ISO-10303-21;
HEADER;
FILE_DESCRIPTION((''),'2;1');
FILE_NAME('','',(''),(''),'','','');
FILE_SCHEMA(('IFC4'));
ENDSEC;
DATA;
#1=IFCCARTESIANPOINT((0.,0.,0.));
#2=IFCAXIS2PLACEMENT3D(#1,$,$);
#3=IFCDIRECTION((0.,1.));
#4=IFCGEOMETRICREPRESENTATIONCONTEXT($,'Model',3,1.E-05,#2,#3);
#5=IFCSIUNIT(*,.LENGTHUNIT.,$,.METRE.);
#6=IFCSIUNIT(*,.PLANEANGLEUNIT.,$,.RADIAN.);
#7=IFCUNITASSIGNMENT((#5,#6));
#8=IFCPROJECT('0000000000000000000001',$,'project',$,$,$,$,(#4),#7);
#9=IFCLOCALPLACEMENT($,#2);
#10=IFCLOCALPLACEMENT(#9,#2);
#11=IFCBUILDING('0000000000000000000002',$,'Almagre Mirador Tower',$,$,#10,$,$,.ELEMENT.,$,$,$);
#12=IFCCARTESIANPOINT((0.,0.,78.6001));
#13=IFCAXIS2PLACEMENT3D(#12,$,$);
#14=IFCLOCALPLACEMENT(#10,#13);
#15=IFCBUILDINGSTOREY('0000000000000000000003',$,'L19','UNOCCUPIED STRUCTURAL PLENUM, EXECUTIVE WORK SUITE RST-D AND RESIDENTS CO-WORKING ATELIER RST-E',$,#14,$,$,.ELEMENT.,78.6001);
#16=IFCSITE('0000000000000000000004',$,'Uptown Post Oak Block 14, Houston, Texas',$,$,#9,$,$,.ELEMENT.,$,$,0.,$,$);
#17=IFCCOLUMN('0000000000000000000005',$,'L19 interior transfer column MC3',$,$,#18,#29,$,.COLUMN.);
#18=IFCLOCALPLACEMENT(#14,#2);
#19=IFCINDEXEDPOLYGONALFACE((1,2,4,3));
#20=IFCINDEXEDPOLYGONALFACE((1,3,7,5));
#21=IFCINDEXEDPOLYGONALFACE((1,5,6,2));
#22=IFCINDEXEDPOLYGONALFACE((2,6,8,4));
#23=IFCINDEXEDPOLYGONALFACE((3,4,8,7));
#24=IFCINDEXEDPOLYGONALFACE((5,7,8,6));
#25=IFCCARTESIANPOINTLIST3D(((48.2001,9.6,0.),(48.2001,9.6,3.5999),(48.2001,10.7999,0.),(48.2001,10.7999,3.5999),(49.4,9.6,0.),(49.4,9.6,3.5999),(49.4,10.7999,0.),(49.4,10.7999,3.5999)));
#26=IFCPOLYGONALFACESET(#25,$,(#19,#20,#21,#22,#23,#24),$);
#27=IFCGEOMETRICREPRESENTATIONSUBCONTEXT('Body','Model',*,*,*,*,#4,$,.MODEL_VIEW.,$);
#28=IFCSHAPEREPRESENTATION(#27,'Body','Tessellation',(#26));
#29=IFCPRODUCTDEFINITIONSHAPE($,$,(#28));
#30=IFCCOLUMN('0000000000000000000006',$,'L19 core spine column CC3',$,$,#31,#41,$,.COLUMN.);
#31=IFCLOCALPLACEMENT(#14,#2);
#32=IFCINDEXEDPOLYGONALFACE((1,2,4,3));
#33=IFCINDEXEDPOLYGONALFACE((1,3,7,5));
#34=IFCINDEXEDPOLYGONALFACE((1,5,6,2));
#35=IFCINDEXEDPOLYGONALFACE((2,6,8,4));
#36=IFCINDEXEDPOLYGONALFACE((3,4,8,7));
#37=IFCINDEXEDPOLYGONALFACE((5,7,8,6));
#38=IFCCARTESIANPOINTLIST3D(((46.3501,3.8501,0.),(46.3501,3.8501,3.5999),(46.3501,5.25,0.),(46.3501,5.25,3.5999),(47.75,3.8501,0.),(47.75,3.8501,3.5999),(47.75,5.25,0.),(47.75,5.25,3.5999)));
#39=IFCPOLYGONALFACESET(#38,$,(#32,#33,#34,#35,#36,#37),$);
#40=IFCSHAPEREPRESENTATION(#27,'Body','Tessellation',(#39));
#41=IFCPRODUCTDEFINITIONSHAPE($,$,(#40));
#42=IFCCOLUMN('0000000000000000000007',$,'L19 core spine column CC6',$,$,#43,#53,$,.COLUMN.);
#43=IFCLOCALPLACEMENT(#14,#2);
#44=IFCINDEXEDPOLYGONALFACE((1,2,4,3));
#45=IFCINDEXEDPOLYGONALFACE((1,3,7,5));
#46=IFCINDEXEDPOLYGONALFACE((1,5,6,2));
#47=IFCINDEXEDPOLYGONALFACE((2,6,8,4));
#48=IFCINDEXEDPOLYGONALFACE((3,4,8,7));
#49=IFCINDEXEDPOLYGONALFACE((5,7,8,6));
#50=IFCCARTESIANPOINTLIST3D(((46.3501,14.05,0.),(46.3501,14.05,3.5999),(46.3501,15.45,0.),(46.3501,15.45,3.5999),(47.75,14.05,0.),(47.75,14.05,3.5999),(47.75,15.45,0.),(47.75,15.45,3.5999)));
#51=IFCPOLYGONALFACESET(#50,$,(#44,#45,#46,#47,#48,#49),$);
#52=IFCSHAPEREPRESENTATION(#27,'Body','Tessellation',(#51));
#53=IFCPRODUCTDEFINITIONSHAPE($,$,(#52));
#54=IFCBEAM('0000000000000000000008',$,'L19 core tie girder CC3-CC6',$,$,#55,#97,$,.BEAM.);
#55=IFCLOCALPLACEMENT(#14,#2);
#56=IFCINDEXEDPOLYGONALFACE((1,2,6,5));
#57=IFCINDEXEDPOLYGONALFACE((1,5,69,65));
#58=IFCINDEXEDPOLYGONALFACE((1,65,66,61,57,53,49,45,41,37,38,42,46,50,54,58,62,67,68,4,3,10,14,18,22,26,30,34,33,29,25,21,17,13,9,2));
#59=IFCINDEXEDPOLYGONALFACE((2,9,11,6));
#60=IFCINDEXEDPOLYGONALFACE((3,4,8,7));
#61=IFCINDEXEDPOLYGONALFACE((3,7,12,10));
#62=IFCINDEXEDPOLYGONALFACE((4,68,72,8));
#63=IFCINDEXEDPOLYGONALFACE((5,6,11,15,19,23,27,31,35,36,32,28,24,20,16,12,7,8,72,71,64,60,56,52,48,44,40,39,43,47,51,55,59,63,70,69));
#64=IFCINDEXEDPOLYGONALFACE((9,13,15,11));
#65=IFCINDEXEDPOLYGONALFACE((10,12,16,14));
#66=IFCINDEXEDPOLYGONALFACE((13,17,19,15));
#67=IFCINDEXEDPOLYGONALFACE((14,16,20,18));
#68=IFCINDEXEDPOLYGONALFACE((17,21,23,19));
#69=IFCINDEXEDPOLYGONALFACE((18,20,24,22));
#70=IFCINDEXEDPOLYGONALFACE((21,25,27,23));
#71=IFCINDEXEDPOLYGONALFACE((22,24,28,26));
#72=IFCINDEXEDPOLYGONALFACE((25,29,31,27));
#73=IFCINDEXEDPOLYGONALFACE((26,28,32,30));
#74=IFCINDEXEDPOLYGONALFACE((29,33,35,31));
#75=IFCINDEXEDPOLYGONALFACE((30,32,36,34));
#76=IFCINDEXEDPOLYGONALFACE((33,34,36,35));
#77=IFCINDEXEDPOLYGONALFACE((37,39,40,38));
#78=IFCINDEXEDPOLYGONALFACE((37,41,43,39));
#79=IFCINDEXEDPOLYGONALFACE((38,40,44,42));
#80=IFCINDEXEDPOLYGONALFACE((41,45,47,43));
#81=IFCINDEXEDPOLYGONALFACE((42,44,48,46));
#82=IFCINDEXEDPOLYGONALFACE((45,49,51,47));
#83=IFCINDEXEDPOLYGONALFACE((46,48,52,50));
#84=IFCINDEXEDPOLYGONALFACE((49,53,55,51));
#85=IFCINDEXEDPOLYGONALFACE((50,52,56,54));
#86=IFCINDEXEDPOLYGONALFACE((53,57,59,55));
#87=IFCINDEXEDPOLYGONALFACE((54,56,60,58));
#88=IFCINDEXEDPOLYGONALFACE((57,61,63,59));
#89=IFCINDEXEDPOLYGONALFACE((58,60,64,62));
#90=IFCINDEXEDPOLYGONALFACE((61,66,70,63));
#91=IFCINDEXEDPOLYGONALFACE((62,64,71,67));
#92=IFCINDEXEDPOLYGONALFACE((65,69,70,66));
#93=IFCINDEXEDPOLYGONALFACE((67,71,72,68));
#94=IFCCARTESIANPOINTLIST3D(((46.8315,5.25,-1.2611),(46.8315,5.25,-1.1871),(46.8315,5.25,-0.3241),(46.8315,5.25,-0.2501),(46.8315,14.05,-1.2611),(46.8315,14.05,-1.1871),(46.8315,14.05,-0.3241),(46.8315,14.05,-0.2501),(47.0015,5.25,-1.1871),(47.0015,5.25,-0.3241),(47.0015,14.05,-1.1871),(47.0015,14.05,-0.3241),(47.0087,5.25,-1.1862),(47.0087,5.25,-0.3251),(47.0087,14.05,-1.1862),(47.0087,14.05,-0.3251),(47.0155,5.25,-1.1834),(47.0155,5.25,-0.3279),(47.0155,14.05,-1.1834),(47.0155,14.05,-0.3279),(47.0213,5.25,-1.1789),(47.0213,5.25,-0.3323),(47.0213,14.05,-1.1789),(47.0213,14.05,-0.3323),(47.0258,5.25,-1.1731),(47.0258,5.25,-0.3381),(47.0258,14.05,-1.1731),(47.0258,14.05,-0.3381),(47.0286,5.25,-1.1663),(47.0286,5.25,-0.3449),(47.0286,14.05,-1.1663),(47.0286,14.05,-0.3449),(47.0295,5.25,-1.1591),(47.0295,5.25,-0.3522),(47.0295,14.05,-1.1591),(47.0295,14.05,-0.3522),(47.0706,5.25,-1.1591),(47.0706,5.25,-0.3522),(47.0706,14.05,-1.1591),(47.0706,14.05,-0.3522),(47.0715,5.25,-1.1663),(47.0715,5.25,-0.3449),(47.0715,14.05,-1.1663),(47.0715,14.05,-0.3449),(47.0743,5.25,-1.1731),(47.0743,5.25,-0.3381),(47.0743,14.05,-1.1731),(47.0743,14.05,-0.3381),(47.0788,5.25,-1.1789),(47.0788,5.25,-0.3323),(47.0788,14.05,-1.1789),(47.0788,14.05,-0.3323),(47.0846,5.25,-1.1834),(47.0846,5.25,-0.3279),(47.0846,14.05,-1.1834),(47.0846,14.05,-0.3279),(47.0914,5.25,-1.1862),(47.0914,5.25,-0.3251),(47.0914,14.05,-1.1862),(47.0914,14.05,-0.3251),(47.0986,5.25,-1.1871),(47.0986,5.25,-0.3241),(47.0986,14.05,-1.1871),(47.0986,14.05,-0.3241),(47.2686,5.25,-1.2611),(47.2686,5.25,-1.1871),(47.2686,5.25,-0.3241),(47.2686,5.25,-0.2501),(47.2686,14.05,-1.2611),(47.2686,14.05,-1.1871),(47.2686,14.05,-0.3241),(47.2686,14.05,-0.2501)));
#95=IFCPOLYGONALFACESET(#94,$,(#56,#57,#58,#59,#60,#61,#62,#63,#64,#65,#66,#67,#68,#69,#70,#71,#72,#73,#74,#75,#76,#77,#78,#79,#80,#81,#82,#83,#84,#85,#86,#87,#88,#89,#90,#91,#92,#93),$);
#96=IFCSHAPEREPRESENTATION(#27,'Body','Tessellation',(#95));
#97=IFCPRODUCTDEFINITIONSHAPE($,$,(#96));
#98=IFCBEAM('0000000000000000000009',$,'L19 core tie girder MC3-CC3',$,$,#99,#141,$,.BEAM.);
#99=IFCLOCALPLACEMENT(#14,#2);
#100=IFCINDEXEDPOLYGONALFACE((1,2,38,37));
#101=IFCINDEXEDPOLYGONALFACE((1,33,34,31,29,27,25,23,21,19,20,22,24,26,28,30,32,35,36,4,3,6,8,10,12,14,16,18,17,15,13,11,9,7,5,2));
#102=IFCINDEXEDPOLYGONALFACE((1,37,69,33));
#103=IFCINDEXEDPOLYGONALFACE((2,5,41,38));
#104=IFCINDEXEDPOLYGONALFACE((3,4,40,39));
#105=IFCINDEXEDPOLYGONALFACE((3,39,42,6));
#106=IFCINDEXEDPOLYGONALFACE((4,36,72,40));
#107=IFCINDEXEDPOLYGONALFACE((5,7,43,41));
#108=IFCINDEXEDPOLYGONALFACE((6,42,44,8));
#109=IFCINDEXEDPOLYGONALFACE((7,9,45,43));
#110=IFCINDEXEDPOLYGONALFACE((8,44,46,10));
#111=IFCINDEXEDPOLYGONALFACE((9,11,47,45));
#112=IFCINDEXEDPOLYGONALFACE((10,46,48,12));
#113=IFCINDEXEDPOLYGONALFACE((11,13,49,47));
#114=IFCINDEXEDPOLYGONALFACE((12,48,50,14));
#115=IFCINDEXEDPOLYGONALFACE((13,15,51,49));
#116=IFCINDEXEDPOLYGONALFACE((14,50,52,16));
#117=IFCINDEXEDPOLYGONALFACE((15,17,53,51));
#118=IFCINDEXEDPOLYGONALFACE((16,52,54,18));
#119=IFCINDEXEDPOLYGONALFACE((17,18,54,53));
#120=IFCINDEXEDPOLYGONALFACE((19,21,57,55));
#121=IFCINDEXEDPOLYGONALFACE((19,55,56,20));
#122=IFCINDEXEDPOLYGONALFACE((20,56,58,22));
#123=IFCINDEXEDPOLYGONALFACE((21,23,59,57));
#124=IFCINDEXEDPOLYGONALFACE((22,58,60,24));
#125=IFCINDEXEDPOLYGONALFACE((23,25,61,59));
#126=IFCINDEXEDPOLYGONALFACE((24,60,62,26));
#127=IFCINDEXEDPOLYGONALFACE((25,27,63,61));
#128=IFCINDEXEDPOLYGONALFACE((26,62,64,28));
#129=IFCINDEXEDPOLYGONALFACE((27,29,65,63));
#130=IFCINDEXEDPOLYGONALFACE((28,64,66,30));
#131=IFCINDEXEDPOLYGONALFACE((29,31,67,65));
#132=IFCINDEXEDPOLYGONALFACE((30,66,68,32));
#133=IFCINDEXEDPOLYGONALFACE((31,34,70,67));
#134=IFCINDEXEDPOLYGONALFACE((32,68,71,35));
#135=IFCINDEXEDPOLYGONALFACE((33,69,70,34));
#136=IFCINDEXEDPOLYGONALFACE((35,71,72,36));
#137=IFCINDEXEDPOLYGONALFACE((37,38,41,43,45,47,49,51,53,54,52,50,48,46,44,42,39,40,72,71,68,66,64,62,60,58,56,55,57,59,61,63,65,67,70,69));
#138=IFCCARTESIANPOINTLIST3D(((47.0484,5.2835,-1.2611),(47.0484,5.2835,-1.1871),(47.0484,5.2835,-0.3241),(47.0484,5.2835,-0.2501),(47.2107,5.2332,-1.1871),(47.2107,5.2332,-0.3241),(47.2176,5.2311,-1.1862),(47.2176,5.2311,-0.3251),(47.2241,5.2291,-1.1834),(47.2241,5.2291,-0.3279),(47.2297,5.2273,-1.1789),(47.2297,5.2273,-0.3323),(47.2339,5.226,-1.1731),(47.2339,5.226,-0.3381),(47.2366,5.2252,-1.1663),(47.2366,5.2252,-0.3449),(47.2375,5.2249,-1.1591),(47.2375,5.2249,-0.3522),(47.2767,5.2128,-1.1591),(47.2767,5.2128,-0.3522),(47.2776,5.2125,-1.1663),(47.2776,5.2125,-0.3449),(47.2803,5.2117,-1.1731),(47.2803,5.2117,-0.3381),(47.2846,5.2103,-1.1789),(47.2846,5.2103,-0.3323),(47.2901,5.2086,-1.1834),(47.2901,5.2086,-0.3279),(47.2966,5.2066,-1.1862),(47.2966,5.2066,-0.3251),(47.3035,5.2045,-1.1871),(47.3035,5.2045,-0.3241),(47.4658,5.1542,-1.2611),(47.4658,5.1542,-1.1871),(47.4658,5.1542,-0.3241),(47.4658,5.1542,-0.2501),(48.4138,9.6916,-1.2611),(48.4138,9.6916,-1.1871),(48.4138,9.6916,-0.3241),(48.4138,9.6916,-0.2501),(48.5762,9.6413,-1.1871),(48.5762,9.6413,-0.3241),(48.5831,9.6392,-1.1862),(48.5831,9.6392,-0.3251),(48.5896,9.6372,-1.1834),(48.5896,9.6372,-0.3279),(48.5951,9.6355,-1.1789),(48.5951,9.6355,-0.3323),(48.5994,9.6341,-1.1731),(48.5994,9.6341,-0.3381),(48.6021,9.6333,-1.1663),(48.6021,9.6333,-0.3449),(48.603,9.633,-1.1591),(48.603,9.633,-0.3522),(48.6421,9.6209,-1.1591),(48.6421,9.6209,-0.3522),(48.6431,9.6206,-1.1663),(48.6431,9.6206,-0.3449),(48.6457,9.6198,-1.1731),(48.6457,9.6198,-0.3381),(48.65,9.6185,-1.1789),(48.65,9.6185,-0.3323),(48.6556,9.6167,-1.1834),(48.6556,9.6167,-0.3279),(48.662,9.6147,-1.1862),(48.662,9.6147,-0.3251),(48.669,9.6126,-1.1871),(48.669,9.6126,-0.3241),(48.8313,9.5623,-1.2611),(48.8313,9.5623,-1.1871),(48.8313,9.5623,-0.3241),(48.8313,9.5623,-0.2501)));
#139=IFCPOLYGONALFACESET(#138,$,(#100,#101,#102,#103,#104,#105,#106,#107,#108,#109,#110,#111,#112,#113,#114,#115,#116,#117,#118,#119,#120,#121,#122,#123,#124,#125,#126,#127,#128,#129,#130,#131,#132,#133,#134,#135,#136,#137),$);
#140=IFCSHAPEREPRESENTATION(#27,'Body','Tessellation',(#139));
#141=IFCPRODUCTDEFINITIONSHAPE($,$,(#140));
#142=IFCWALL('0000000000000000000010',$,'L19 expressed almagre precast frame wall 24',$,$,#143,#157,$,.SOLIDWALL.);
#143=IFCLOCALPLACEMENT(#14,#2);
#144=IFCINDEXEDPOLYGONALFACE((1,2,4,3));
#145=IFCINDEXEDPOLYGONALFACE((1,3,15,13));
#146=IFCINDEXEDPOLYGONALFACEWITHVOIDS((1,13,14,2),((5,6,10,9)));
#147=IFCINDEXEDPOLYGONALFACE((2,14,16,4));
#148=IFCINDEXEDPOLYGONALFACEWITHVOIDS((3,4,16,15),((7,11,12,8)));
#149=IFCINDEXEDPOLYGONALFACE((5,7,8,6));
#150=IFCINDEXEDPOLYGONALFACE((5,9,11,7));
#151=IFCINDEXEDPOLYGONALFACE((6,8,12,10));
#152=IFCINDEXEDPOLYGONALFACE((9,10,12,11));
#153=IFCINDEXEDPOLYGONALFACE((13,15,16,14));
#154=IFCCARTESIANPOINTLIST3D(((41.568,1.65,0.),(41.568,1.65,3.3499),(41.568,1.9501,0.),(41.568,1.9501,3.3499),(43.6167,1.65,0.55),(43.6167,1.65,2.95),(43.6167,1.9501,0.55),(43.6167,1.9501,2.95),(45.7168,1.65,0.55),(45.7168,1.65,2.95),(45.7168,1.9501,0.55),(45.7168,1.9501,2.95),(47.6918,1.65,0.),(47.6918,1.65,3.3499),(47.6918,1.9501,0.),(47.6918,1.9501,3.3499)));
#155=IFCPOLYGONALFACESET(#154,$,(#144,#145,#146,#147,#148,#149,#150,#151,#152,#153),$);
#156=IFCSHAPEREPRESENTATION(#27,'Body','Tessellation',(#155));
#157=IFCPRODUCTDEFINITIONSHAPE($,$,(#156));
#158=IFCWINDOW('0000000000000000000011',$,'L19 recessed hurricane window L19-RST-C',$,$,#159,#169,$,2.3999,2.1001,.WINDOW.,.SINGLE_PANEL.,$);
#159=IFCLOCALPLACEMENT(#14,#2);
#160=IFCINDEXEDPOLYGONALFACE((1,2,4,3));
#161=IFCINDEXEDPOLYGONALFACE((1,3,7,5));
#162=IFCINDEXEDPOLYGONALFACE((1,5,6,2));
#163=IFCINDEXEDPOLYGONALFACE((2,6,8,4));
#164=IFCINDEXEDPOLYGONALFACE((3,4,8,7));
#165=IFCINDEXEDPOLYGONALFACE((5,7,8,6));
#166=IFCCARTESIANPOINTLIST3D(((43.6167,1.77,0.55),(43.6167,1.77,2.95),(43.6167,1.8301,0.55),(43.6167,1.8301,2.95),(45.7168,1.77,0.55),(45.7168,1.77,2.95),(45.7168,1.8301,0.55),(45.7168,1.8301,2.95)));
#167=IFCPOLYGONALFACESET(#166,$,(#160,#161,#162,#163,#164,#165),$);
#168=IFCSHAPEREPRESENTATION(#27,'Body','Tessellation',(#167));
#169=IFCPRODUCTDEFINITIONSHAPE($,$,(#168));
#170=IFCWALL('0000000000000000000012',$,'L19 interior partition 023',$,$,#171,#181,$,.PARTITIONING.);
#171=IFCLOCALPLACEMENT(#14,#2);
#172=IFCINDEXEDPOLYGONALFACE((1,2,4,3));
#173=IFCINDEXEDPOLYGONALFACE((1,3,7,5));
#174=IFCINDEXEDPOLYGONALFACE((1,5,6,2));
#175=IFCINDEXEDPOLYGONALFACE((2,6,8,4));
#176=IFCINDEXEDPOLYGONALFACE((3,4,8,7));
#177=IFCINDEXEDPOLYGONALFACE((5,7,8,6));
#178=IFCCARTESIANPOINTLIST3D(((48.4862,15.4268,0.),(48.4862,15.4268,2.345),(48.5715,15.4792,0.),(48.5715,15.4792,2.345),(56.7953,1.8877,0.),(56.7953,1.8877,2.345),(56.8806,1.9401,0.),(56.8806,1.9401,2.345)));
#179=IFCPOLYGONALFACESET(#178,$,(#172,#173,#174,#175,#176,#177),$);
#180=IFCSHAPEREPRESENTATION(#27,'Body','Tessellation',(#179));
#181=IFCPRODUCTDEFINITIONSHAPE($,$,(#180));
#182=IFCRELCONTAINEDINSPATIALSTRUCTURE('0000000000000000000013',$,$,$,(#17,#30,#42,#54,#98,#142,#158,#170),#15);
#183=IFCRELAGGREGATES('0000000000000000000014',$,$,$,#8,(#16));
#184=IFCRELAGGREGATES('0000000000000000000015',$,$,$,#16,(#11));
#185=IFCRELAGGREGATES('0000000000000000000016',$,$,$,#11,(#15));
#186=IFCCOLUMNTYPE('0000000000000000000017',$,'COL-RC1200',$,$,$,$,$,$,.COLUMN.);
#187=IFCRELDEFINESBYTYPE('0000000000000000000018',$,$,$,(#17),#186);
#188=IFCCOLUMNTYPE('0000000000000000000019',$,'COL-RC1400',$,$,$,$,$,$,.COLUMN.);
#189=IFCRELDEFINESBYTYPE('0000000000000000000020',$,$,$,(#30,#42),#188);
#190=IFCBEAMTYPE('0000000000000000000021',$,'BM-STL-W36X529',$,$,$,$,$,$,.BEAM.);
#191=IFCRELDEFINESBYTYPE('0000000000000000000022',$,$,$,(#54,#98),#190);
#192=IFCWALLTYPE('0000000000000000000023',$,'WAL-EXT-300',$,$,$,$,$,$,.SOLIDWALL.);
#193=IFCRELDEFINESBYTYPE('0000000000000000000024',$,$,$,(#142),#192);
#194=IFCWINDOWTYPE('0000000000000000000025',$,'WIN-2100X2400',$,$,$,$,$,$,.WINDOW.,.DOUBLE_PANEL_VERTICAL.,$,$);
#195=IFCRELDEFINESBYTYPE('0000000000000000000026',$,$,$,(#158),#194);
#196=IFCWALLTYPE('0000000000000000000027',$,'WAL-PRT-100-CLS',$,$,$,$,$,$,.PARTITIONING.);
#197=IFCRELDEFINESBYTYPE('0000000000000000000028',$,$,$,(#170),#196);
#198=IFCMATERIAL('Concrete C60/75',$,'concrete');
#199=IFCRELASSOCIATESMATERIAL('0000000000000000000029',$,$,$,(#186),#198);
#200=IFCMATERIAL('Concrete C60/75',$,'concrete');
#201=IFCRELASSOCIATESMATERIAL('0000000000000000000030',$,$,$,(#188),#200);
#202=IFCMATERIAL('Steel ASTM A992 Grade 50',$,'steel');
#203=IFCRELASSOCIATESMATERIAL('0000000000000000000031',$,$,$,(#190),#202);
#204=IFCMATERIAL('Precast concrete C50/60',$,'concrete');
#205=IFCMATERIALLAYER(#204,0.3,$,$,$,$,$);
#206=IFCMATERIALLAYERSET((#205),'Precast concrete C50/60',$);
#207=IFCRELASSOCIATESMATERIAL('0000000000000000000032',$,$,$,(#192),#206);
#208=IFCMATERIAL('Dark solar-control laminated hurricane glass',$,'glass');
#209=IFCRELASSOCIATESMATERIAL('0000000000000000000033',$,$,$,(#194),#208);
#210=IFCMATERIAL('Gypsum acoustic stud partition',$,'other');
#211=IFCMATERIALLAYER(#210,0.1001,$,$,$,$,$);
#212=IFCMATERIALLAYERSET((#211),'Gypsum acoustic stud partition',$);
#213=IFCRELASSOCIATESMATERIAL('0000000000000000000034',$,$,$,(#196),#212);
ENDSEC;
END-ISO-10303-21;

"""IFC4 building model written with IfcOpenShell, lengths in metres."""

from ifc_helpers import new_model, si_unit, direction, frame, frame_2d, origin, origin_2d, place, context, subcontext, project, spatial, rectangle, i_section, extrude, material, layer, layer_set, material_profile, profile_set, type_object, element, fill, save


model = new_model("IFC4")

# Units and contexts
model_context = context("Model", 3, precision=1e-05, world=origin(), true_north=direction((0.0, 1.0)))
body_context = subcontext(model_context, "Body", "Model", "MODEL_VIEW")
ifc_project = project(units=[si_unit("LENGTHUNIT", "METRE"), si_unit("PLANEANGLEUNIT", "RADIAN")], contexts=[model_context])

# Site, building, storey
site_placement = place(None, origin())
site = spatial("IfcSite", under=ifc_project, at=site_placement, Name="Uptown Post Oak Block 14, Houston, Texas", CompositionType="ELEMENT", RefElevation=0.0)
building_placement = place(site_placement, origin())
building = spatial("IfcBuilding", under=site, at=building_placement, Name="Almagre Mirador Tower", CompositionType="ELEMENT")
storey_placement = place(building_placement, frame((0.0, 0.0, 78.6001)))
storey = spatial("IfcBuildingStorey", under=building, at=storey_placement, Name="L19", Description="UNOCCUPIED STRUCTURAL PLENUM, EXECUTIVE WORK SUITE RST-D AND RESIDENTS CO-WORKING ATELIER RST-E", CompositionType="ELEMENT", Elevation=78.6001)

# Columns
ifc_material_1 = material(Name="Concrete C60/75", Category="concrete")
ifc_material_profile_1 = material_profile(ifc_material_1, rectangle(XDim=1.2, YDim=1.2, at=origin_2d()), Name="RC1200X1200")
ifc_profile_set_1 = profile_set([ifc_material_profile_1], Name="Concrete C60/75")
column_type_1 = type_object("IfcColumnType", Name="COL-RC1200", PredefinedType="COLUMN", material=ifc_profile_set_1)
column_placement = place(storey_placement, frame((48.8, 10.2, 0.0), z_axis=(0.0, 0.0, 1.0), x_axis=(1.0, 0.0, 0.0)))
element("IfcColumn", 1, at=column_placement, inside=storey, type_object=column_type_1, Name="L19 interior transfer column MC3", PredefinedType="COLUMN", context=body_context, shape_type="SweptSolid", body=[
    extrude(rectangle(XDim=1.2, YDim=1.2, at=origin_2d()), origin(), (0.0, 0.0, 1.0), 3.5999),
])
ifc_material_2 = material(Name="Concrete C60/75", Category="concrete")
ifc_material_profile_2 = material_profile(ifc_material_2, rectangle(XDim=1.3999, YDim=1.3999, at=origin_2d()), Name="RC1400X1400")
ifc_profile_set_2 = profile_set([ifc_material_profile_2], Name="Concrete C60/75")
column_type_2 = type_object("IfcColumnType", Name="COL-RC1400", PredefinedType="COLUMN", material=ifc_profile_set_2)
for number, where, z_axis, x_axis, name in (
    (2, (47.05, 4.55, 0.0), (0.0, 0.0, 1.0), (1.0, 0.0, 0.0), "L19 core spine column CC3"),
    (3, (47.05, 14.75, 0.0), (0.0, 0.0, 1.0), (1.0, 0.0, 0.0), "L19 core spine column CC6"),
):
    element("IfcColumn", number, at=place(storey_placement, frame(where, z_axis=z_axis, x_axis=x_axis)), inside=storey, type_object=column_type_2, Name=name, PredefinedType="COLUMN", context=body_context, shape_type="SweptSolid", body=[
        extrude(rectangle(XDim=1.3999, YDim=1.3999, at=origin_2d()), origin(), (0.0, 0.0, 1.0), 3.5999),
    ])

# Beams
ifc_material_3 = material(Name="Steel ASTM A992 Grade 50", Category="steel")
ifc_material_profile_3 = material_profile(ifc_material_3, i_section(OverallWidth=0.437, OverallDepth=1.011, WebThickness=0.041, FlangeThickness=0.074, FilletRadius=0.0281, at=origin_2d()), Name="W36X529")
ifc_profile_set_3 = profile_set([ifc_material_profile_3], Name="Steel ASTM A992 Grade 50")
beam_type = type_object("IfcBeamType", Name="BM-STL-W36X529", PredefinedType="BEAM", material=ifc_profile_set_3)
beam_1_placement = place(storey_placement, frame((47.05, 5.25, -0.7556), z_axis=(0.0, 1.0, 0.0), x_axis=(-1.0, 0.0, 0.0)))
element("IfcBeam", 4, at=beam_1_placement, inside=storey, type_object=beam_type, Name="L19 core tie girder CC3-CC6", PredefinedType="BEAM", context=body_context, shape_type="SweptSolid", body=[
    extrude(i_section(OverallWidth=0.437, OverallDepth=1.011, WebThickness=0.041, FlangeThickness=0.074, FilletRadius=0.0281, at=origin_2d()), origin(), (0.0, 0.0, 1.0), 8.8),
])
beam_2_placement = place(storey_placement, frame((48.6226, 9.627, -0.7556), z_axis=(-0.295888, -0.955223, 0.0), x_axis=(0.955223, -0.295888, 0.0)))
element("IfcBeam", 5, at=beam_2_placement, inside=storey, type_object=beam_type, Name="L19 core tie girder MC3-CC3", PredefinedType="BEAM", context=body_context, shape_type="SweptSolid", body=[
    extrude(i_section(OverallWidth=0.437, OverallDepth=1.011, WebThickness=0.041, FlangeThickness=0.074, FilletRadius=0.0281, at=origin_2d()), origin(), (0.0, 0.0, 1.0), 4.6147),
])

# Wall, opening, window
ifc_material_4 = material(Name="Precast concrete C50/60", Category="concrete")
ifc_layer_1 = layer(ifc_material_4, 0.3)
ifc_layer_set_1 = layer_set([ifc_layer_1], Name="Precast concrete C50/60")
wall_type_1 = type_object("IfcWallType", Name="WAL-EXT-300", PredefinedType="SOLIDWALL", material=ifc_layer_set_1)
wall_1_placement = place(storey_placement, frame((47.6919, 1.8, 0.0), z_axis=(0.0, 0.0, 1.0), x_axis=(-1.0, 0.0, 0.0)))
wall_1 = element("IfcWall", 6, at=wall_1_placement, inside=storey, type_object=wall_type_1, Name="L19 expressed almagre precast frame wall 24", PredefinedType="SOLIDWALL", context=body_context, shape_type="SweptSolid", body=[
    extrude(rectangle(XDim=6.1238, YDim=0.3, at=frame_2d((3.062, 0.0))), origin(), (0.0, 0.0, 1.0), 3.3499),
])
opening_1_placement = place(wall_1_placement, frame((1.9751, 0.0, 0.55)))
opening_1 = element("IfcOpeningElement", 7, at=opening_1_placement, cuts=wall_1, PredefinedType="OPENING", context=body_context, shape_type="SweptSolid", body=[
    extrude(rectangle(XDim=2.1001, YDim=2.3999, at=frame_2d((1.05, 1.2))), frame((0.0, 0.1599, 0.0), z_axis=(0.0, -1.0, 0.0), x_axis=(1.0, 0.0, 0.0)), (0.0, 0.0, 1.0), 0.32),
])
ifc_material_5 = material(Name="Dark solar-control laminated hurricane glass", Category="glass")
window_type = type_object("IfcWindowType", Name="WIN-2100X2400", PartitioningType="DOUBLE_PANEL_VERTICAL", PredefinedType="WINDOW", material=ifc_material_5)
window_placement = place(opening_1_placement, origin())
window = element("IfcWindow", 8, at=window_placement, inside=storey, type_object=window_type, Name="L19 recessed hurricane window L19-RST-C", OverallHeight=2.3999, OverallWidth=2.1001, PartitioningType="SINGLE_PANEL", PredefinedType="WINDOW", context=body_context, shape_type="SweptSolid", body=[
    extrude(rectangle(XDim=2.1001, YDim=2.3999, at=frame_2d((1.05, 1.2))), frame((0.0, 0.03, 0.0), z_axis=(0.0, -1.0, 0.0), x_axis=(1.0, 0.0, 0.0)), (0.0, 0.0, 1.0), 0.0601),
])
fill(opening_1, window)

# Wall
ifc_material_6 = material(Name="Gypsum acoustic stud partition", Category="other")
ifc_layer_2 = layer(ifc_material_6, 0.1001)
ifc_layer_set_2 = layer_set([ifc_layer_2], Name="Gypsum acoustic stud partition")
wall_type_2 = type_object("IfcWallType", Name="WAL-PRT-100-CLS", PredefinedType="PARTITIONING", material=ifc_layer_set_2)
wall_2_placement = place(storey_placement, frame((48.5288, 15.4531, 0.0), z_axis=(0.0, 0.0, 1.0), x_axis=(0.523063, -0.852294, 0.0)))
element("IfcWall", 9, at=wall_2_placement, inside=storey, type_object=wall_type_2, Name="L19 interior partition 023", PredefinedType="PARTITIONING", context=body_context, shape_type="SweptSolid", body=[
    extrude(rectangle(XDim=15.8855, YDim=0.1001, at=frame_2d((7.9429, 0.0))), origin(), (0.0, 0.0, 1.0), 2.345),
])

save(model, "model.ifc")
